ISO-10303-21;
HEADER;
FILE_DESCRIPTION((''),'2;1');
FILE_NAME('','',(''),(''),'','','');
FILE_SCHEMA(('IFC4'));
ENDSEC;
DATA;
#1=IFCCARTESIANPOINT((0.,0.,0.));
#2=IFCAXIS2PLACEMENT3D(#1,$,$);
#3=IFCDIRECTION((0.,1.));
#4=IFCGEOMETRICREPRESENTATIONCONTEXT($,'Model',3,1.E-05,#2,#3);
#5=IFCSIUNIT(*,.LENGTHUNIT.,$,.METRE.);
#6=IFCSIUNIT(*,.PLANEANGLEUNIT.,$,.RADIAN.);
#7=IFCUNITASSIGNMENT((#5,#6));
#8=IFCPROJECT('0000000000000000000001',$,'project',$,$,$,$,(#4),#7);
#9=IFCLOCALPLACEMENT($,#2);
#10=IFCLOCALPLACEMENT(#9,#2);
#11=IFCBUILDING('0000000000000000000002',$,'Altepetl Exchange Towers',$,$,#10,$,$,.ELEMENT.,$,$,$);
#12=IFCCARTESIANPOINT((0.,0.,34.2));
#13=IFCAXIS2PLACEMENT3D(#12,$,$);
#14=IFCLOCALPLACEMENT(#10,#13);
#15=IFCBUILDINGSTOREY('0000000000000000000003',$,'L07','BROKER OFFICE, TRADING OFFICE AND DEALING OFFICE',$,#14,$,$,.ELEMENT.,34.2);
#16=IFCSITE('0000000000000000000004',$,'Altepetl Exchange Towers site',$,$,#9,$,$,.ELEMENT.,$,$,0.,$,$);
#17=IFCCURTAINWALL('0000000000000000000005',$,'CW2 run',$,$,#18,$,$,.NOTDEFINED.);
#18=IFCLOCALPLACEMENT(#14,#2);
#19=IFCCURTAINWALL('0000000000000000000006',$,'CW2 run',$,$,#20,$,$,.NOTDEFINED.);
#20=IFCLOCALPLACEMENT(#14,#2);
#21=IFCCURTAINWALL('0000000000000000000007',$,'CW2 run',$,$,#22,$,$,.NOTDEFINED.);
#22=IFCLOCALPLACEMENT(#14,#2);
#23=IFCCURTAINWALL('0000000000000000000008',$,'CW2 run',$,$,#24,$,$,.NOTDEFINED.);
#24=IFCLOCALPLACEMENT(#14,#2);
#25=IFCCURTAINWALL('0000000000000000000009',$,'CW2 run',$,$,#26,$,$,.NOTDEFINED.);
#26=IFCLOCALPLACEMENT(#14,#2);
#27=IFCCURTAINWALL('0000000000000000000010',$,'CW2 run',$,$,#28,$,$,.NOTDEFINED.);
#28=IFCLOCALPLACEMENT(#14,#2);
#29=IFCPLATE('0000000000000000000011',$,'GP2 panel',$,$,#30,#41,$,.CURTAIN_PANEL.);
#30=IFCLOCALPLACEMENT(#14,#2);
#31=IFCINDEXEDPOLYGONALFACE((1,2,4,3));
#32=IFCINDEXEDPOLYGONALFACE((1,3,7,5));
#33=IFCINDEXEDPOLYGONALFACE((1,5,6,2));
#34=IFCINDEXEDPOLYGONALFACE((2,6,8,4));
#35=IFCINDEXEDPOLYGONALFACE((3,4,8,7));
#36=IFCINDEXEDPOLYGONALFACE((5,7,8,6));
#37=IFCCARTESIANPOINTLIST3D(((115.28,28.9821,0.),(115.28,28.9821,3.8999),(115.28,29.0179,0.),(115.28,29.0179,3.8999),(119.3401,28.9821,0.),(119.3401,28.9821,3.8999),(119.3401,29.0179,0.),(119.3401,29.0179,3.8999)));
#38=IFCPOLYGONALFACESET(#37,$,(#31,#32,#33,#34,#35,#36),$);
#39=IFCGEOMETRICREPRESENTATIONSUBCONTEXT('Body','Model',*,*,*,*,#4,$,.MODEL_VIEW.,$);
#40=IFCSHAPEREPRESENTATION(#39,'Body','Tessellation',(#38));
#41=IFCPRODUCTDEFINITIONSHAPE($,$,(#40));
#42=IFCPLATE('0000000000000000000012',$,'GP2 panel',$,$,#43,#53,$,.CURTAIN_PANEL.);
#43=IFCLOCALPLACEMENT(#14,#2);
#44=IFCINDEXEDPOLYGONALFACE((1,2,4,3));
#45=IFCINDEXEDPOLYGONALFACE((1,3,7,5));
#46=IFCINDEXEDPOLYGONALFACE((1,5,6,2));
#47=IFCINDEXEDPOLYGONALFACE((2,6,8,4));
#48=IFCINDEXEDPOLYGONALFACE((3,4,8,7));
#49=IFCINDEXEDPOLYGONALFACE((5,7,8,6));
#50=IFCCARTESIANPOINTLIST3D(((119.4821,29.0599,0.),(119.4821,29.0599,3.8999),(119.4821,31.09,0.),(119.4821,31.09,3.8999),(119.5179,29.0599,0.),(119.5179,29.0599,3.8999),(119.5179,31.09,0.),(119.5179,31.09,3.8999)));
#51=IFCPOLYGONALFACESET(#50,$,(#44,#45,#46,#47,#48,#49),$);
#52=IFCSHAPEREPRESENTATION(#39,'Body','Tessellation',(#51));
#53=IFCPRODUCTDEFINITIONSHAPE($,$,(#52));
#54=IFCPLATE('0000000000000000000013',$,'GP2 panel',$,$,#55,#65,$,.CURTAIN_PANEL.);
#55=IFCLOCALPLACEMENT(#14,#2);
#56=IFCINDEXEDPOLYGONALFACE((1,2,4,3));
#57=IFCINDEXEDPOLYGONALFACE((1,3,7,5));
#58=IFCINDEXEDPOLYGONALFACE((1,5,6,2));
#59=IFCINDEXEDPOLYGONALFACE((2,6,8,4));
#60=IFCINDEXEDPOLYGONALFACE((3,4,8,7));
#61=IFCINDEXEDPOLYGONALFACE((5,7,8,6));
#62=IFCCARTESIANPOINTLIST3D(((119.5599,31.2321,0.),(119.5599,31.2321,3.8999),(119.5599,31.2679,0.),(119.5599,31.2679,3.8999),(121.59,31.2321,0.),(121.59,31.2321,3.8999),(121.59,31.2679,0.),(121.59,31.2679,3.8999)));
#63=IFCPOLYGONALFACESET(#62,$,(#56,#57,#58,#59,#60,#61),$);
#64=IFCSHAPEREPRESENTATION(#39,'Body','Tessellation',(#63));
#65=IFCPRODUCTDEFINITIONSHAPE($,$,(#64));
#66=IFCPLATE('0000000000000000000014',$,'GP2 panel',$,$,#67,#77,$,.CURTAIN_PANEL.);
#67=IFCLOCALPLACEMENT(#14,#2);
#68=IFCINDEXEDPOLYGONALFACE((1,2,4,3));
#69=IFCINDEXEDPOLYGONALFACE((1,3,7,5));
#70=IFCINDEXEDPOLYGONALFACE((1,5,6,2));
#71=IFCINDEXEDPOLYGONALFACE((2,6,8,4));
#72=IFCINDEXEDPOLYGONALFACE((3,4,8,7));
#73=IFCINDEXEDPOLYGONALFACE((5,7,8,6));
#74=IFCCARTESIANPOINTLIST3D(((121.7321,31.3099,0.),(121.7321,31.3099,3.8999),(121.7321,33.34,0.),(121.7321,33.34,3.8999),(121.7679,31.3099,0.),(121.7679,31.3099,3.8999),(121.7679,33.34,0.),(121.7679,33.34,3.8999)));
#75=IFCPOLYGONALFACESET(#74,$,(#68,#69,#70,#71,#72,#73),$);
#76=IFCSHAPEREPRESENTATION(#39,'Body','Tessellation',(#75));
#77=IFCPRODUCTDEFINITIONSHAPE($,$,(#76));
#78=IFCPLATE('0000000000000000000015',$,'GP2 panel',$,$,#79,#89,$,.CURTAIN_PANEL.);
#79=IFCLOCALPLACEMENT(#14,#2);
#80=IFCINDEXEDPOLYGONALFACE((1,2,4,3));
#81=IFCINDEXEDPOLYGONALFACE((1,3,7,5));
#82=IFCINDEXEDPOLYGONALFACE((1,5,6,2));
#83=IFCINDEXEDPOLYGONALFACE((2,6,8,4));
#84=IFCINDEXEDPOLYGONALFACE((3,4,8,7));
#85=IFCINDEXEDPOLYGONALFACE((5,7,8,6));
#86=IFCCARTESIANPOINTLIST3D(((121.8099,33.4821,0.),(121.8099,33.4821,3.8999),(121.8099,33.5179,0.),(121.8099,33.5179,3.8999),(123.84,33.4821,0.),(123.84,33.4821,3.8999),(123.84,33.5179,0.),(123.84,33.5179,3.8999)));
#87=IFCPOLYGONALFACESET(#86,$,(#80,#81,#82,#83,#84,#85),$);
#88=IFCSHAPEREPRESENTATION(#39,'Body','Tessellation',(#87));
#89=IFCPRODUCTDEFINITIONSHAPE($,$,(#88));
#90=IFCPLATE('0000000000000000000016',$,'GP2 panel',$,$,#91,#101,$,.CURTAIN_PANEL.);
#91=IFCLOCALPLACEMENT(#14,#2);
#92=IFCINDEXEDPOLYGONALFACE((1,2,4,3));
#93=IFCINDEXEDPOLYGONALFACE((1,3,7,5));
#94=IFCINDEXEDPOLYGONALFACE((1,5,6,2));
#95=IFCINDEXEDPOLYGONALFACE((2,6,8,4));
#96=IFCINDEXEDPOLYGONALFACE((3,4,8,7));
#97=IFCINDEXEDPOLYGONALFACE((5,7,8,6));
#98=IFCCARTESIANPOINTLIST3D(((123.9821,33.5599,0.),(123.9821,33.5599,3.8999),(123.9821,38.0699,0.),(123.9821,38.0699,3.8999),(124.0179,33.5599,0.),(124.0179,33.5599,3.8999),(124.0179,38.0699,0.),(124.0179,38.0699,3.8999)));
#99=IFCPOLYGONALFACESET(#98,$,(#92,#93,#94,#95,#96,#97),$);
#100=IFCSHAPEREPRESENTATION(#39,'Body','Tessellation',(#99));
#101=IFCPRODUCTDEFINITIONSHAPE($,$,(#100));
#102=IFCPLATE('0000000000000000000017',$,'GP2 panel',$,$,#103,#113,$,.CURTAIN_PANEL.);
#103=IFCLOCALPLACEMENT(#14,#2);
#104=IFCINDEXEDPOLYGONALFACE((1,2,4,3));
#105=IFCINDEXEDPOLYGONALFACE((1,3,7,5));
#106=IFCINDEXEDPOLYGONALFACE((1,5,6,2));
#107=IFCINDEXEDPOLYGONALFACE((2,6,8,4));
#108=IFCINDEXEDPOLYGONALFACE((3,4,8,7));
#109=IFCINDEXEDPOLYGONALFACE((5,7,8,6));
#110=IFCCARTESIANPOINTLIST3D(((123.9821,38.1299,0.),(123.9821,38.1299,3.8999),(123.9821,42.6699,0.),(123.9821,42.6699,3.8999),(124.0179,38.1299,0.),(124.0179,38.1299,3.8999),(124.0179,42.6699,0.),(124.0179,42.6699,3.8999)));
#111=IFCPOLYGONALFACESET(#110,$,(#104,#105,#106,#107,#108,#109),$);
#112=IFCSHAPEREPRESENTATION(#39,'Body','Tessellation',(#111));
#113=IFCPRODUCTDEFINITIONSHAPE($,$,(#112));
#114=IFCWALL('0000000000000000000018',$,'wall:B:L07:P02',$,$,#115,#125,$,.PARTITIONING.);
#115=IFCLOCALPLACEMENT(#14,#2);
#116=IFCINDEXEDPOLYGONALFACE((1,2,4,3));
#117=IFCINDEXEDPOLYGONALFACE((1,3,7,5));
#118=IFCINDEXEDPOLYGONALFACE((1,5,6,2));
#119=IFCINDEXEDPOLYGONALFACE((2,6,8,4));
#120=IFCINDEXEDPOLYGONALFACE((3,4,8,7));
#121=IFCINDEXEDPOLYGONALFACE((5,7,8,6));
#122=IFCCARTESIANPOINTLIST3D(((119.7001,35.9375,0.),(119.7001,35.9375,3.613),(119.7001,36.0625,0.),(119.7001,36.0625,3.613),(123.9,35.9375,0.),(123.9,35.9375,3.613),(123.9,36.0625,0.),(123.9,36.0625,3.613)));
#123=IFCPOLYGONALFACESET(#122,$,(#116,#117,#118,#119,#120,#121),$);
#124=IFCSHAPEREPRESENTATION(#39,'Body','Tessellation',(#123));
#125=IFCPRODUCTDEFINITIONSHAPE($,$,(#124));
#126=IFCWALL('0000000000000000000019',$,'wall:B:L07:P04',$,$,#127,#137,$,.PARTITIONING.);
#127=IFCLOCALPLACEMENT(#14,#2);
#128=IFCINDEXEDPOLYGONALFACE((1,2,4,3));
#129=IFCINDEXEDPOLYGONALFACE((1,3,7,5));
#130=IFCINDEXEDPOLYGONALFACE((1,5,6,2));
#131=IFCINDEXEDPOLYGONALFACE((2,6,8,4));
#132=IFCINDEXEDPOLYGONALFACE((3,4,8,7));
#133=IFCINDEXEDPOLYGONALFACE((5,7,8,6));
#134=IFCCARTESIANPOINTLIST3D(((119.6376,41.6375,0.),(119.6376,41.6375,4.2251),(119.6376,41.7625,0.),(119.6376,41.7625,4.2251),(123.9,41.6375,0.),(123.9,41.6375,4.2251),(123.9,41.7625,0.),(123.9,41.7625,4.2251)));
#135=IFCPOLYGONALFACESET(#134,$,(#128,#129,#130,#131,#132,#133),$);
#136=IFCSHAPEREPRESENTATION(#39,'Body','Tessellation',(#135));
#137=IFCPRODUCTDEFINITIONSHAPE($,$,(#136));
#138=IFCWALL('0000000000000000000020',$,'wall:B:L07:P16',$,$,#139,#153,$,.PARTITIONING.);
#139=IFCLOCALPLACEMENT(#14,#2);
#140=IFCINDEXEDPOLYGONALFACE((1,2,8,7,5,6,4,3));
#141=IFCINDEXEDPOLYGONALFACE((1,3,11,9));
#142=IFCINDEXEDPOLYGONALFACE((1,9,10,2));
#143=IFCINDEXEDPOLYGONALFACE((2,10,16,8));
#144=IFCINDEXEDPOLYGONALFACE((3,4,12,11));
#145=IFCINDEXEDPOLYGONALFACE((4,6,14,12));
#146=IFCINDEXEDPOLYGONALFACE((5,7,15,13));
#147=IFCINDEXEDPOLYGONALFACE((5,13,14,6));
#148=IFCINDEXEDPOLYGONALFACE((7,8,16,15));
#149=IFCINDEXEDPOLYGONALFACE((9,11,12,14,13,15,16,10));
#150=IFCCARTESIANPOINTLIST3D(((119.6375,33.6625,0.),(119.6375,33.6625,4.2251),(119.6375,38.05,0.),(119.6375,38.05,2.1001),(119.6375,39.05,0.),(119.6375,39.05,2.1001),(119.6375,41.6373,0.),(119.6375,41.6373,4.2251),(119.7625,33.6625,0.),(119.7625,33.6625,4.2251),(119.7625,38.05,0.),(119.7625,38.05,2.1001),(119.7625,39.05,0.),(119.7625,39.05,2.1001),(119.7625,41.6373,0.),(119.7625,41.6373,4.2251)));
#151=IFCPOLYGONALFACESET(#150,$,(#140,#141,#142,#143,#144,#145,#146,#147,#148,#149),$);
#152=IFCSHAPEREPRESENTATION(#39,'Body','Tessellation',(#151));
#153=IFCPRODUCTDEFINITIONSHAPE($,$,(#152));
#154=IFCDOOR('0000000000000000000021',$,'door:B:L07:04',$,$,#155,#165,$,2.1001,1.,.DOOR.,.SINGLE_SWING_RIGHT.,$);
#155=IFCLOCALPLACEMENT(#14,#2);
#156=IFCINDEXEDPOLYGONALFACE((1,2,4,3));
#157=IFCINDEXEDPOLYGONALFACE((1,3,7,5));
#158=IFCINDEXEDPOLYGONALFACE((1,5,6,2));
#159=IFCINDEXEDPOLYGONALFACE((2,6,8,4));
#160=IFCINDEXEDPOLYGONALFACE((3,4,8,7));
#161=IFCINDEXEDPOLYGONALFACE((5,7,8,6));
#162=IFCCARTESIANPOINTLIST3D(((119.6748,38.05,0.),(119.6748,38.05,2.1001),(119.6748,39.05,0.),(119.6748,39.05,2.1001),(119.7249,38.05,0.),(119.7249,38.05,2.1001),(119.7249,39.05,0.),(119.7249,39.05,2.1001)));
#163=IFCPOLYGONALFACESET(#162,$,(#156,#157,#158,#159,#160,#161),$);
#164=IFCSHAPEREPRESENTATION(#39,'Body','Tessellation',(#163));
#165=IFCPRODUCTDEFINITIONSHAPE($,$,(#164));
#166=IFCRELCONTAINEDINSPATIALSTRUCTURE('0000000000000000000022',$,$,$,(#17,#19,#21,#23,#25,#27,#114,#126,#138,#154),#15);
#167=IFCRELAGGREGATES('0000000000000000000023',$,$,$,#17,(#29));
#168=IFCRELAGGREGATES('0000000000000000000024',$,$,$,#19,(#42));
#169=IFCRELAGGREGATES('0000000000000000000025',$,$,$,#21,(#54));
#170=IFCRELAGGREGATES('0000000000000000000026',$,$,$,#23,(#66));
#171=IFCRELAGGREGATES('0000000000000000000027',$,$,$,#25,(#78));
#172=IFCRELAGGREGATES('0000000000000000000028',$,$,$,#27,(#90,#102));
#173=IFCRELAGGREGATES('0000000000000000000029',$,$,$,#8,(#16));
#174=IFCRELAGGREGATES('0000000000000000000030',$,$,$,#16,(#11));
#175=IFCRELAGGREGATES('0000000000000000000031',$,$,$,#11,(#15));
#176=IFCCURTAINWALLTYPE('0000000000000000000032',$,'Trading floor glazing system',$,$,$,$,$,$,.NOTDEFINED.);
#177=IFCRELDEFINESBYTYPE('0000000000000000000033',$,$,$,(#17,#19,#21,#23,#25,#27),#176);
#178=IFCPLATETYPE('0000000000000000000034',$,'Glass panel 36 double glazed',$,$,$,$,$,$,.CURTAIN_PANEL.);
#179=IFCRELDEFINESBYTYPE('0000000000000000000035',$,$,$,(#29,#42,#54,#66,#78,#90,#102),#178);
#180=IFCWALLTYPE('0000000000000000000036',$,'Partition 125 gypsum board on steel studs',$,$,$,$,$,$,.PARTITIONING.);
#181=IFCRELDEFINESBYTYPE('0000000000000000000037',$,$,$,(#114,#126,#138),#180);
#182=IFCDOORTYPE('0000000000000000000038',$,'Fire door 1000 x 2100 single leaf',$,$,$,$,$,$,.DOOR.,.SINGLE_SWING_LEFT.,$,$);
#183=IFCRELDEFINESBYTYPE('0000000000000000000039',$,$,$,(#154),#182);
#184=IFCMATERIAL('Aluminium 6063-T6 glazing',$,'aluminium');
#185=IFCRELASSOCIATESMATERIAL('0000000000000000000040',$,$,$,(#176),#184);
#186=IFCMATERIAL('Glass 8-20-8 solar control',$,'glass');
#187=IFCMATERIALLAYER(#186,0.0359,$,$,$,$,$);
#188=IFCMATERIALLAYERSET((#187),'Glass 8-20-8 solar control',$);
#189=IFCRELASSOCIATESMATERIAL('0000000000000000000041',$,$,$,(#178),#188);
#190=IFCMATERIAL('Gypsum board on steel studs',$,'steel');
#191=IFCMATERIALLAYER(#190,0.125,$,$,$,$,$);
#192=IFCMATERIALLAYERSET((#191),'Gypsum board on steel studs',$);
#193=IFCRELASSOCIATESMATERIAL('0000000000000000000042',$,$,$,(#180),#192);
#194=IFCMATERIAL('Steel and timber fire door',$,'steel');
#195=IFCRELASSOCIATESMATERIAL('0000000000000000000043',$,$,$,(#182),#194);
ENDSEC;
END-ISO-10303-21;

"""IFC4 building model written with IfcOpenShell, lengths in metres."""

from ifc_helpers import new_model, si_unit, direction, frame, frame_2d, origin, origin_2d, place, context, subcontext, project, spatial, rectangle, extrude, material, layer, layer_set, type_object, element, fill, aggregate, save


model = new_model("IFC4")

# Units and contexts
model_context = context("Model", 3, precision=1e-05, world=origin(), true_north=direction((0.0, 1.0)))
body_context = subcontext(model_context, "Body", "Model", "MODEL_VIEW")
ifc_project = project(units=[si_unit("LENGTHUNIT", "METRE"), si_unit("PLANEANGLEUNIT", "RADIAN")], contexts=[model_context])

# Site, building, storey
site_placement = place(None, origin())
site = spatial("IfcSite", under=ifc_project, at=site_placement, Name="Altepetl Exchange Towers site", CompositionType="ELEMENT", RefElevation=0.0)
building_placement = place(site_placement, origin())
building = spatial("IfcBuilding", under=site, at=building_placement, Name="Altepetl Exchange Towers", CompositionType="ELEMENT")
storey_placement = place(building_placement, frame((0.0, 0.0, 34.2)))
storey = spatial("IfcBuildingStorey", under=building, at=storey_placement, Name="L07", Description="BROKER OFFICE, TRADING OFFICE AND DEALING OFFICE", CompositionType="ELEMENT", Elevation=34.2)

# Curtain wall
ifc_material_1 = material(Name="Aluminium 6063-T6 glazing", Category="aluminium")
curtain_wall_type = type_object("IfcCurtainWallType", Name="Trading floor glazing system", PredefinedType="NOTDEFINED", material=ifc_material_1)
curtain_wall_1_placement = place(storey_placement, origin())
curtain_wall_1 = element("IfcCurtainWall", 1, at=curtain_wall_1_placement, inside=storey, type_object=curtain_wall_type, Name="CW2 run", PredefinedType="NOTDEFINED")

# Curtain walls
curtain_wall_2_placement = place(storey_placement, origin())
curtain_wall_2 = element("IfcCurtainWall", 2, at=curtain_wall_2_placement, inside=storey, type_object=curtain_wall_type, Name="CW2 run", PredefinedType="NOTDEFINED")
curtain_wall_3_placement = place(storey_placement, origin())
curtain_wall_3 = element("IfcCurtainWall", 3, at=curtain_wall_3_placement, inside=storey, type_object=curtain_wall_type, Name="CW2 run", PredefinedType="NOTDEFINED")
curtain_wall_4_placement = place(storey_placement, origin())
curtain_wall_4 = element("IfcCurtainWall", 4, at=curtain_wall_4_placement, inside=storey, type_object=curtain_wall_type, Name="CW2 run", PredefinedType="NOTDEFINED")
curtain_wall_5_placement = place(storey_placement, origin())
curtain_wall_5 = element("IfcCurtainWall", 5, at=curtain_wall_5_placement, inside=storey, type_object=curtain_wall_type, Name="CW2 run", PredefinedType="NOTDEFINED")
curtain_wall_6_placement = place(storey_placement, origin())
curtain_wall_6 = element("IfcCurtainWall", 6, at=curtain_wall_6_placement, inside=storey, type_object=curtain_wall_type, Name="CW2 run", PredefinedType="NOTDEFINED")

# Plates
ifc_material_2 = material(Name="Glass 8-20-8 solar control", Category="glass")
ifc_layer_1 = layer(ifc_material_2, 0.0359)
ifc_layer_set_1 = layer_set([ifc_layer_1], Name="Glass 8-20-8 solar control")
plate_type = type_object("IfcPlateType", Name="Glass panel 36 double glazed", PredefinedType="CURTAIN_PANEL", material=ifc_layer_set_1)
plate_1_placement = place(storey_placement, frame((117.3101, 29.0, 0.0)))
plate_1 = element("IfcPlate", 7, at=plate_1_placement, type_object=plate_type, Name="GP2 panel", PredefinedType="CURTAIN_PANEL", context=body_context, shape_type="SweptSolid", body=[
    extrude(rectangle(XDim=4.0601, YDim=0.0359, at=origin_2d()), origin(), (0.0, 0.0, 1.0), 3.8999),
])
aggregate(curtain_wall_1, [plate_1])
plate_2_placement = place(storey_placement, frame((119.5, 30.075, 0.0), z_axis=(0.0, 0.0, 1.0), x_axis=(0.0, 1.0, 0.0)))
plate_2 = element("IfcPlate", 8, at=plate_2_placement, type_object=plate_type, Name="GP2 panel", PredefinedType="CURTAIN_PANEL", context=body_context, shape_type="SweptSolid", body=[
    extrude(rectangle(XDim=2.03, YDim=0.0359, at=origin_2d()), origin(), (0.0, 0.0, 1.0), 3.8999),
])
aggregate(curtain_wall_2, [plate_2])
plate_3_placement = place(storey_placement, frame((120.575, 31.25, 0.0)))
plate_3 = element("IfcPlate", 9, at=plate_3_placement, type_object=plate_type, Name="GP2 panel", PredefinedType="CURTAIN_PANEL", context=body_context, shape_type="SweptSolid", body=[
    extrude(rectangle(XDim=2.03, YDim=0.0359, at=origin_2d()), origin(), (0.0, 0.0, 1.0), 3.8999),
])
aggregate(curtain_wall_3, [plate_3])
plate_4_placement = place(storey_placement, frame((121.75, 32.325, 0.0), z_axis=(0.0, 0.0, 1.0), x_axis=(0.0, 1.0, 0.0)))
plate_4 = element("IfcPlate", 10, at=plate_4_placement, type_object=plate_type, Name="GP2 panel", PredefinedType="CURTAIN_PANEL", context=body_context, shape_type="SweptSolid", body=[
    extrude(rectangle(XDim=2.03, YDim=0.0359, at=origin_2d()), origin(), (0.0, 0.0, 1.0), 3.8999),
])
aggregate(curtain_wall_4, [plate_4])
plate_5_placement = place(storey_placement, frame((122.825, 33.5, 0.0)))
plate_5 = element("IfcPlate", 11, at=plate_5_placement, type_object=plate_type, Name="GP2 panel", PredefinedType="CURTAIN_PANEL", context=body_context, shape_type="SweptSolid", body=[
    extrude(rectangle(XDim=2.03, YDim=0.0359, at=origin_2d()), origin(), (0.0, 0.0, 1.0), 3.8999),
])
aggregate(curtain_wall_5, [plate_5])
plate_6_placement = place(storey_placement, frame((124.0, 35.8149, 0.0), z_axis=(0.0, 0.0, 1.0), x_axis=(0.0, 1.0, 0.0)))
plate_6 = element("IfcPlate", 12, at=plate_6_placement, type_object=plate_type, Name="GP2 panel", PredefinedType="CURTAIN_PANEL", context=body_context, shape_type="SweptSolid", body=[
    extrude(rectangle(XDim=4.51, YDim=0.0359, at=origin_2d()), origin(), (0.0, 0.0, 1.0), 3.8999),
])
plate_7_placement = place(storey_placement, frame((124.0, 40.3999, 0.0), z_axis=(0.0, 0.0, 1.0), x_axis=(0.0, 1.0, 0.0)))
plate_7 = element("IfcPlate", 13, at=plate_7_placement, type_object=plate_type, Name="GP2 panel", PredefinedType="CURTAIN_PANEL", context=body_context, shape_type="SweptSolid", body=[
    extrude(rectangle(XDim=4.54, YDim=0.0359, at=origin_2d()), origin(), (0.0, 0.0, 1.0), 3.8999),
])
aggregate(curtain_wall_6, [plate_6, plate_7])

# Walls
ifc_material_3 = material(Name="Gypsum board on steel studs", Category="steel")
ifc_layer_2 = layer(ifc_material_3, 0.125)
ifc_layer_set_2 = layer_set([ifc_layer_2], Name="Gypsum board on steel studs")
wall_type = type_object("IfcWallType", Name="Partition 125 gypsum board on steel studs", PredefinedType="PARTITIONING", material=ifc_layer_set_2)
wall_1_placement = place(storey_placement, frame((119.7, 36.0, 0.0)))
element("IfcWall", 14, at=wall_1_placement, inside=storey, type_object=wall_type, Name="wall:B:L07:P02", PredefinedType="PARTITIONING", context=body_context, shape_type="SweptSolid", body=[
    extrude(rectangle(XDim=4.2, YDim=0.125, at=frame_2d((2.1001, 0.0))), origin(), (0.0, 0.0, 1.0), 3.613),
])
wall_2_placement = place(storey_placement, frame((119.6375, 41.7, 0.0)))
element("IfcWall", 15, at=wall_2_placement, inside=storey, type_object=wall_type, Name="wall:B:L07:P04", PredefinedType="PARTITIONING", context=body_context, shape_type="SweptSolid", body=[
    extrude(rectangle(XDim=4.2625, YDim=0.125, at=frame_2d((2.1313, 0.0))), origin(), (0.0, 0.0, 1.0), 4.2251),
])

# Wall, opening, door
wall_3_placement = place(storey_placement, frame((119.7, 33.6626, 0.0), z_axis=(0.0, 0.0, 1.0), x_axis=(0.0, 1.0, 0.0)))
wall_3 = element("IfcWall", 16, at=wall_3_placement, inside=storey, type_object=wall_type, Name="wall:B:L07:P16", PredefinedType="PARTITIONING", context=body_context, shape_type="SweptSolid", body=[
    extrude(rectangle(XDim=7.9749, YDim=0.125, at=frame_2d((3.9873, 0.0))), origin(), (0.0, 0.0, 1.0), 4.2251),
])
opening_placement = place(wall_3_placement, frame((4.3875, 0.0, 0.0)))
opening = element("IfcOpeningElement", 17, at=opening_placement, cuts=wall_3, PredefinedType="OPENING", context=body_context, shape_type="SweptSolid", body=[
    extrude(rectangle(XDim=1.0, YDim=2.1001, at=frame_2d((0.5, 1.05))), frame((0.0, 0.0725, 0.0), z_axis=(0.0, -1.0, 0.0), x_axis=(1.0, 0.0, 0.0)), (0.0, 0.0, 1.0), 0.145),
])
ifc_material_4 = material(Name="Steel and timber fire door", Category="steel")
door_type = type_object("IfcDoorType", Name="Fire door 1000 x 2100 single leaf", OperationType="SINGLE_SWING_LEFT", PredefinedType="DOOR", material=ifc_material_4)
door_placement = place(opening_placement, frame((1.0, 0.0, 0.0), x_axis=(-1.0, 0.0, 0.0)))
door = element("IfcDoor", 18, at=door_placement, inside=storey, type_object=door_type, Name="door:B:L07:04", OperationType="SINGLE_SWING_RIGHT", OverallHeight=2.1001, OverallWidth=1.0, PredefinedType="DOOR", context=body_context, shape_type="SweptSolid", body=[
    extrude(rectangle(XDim=1.0, YDim=2.1001, at=frame_2d((0.5, 1.05))), frame((0.0, 0.0249, 0.0), z_axis=(0.0, -1.0, 0.0), x_axis=(1.0, 0.0, 0.0)), (0.0, 0.0, 1.0), 0.05),
])
fill(opening, door)

save(model, "model.ifc")
